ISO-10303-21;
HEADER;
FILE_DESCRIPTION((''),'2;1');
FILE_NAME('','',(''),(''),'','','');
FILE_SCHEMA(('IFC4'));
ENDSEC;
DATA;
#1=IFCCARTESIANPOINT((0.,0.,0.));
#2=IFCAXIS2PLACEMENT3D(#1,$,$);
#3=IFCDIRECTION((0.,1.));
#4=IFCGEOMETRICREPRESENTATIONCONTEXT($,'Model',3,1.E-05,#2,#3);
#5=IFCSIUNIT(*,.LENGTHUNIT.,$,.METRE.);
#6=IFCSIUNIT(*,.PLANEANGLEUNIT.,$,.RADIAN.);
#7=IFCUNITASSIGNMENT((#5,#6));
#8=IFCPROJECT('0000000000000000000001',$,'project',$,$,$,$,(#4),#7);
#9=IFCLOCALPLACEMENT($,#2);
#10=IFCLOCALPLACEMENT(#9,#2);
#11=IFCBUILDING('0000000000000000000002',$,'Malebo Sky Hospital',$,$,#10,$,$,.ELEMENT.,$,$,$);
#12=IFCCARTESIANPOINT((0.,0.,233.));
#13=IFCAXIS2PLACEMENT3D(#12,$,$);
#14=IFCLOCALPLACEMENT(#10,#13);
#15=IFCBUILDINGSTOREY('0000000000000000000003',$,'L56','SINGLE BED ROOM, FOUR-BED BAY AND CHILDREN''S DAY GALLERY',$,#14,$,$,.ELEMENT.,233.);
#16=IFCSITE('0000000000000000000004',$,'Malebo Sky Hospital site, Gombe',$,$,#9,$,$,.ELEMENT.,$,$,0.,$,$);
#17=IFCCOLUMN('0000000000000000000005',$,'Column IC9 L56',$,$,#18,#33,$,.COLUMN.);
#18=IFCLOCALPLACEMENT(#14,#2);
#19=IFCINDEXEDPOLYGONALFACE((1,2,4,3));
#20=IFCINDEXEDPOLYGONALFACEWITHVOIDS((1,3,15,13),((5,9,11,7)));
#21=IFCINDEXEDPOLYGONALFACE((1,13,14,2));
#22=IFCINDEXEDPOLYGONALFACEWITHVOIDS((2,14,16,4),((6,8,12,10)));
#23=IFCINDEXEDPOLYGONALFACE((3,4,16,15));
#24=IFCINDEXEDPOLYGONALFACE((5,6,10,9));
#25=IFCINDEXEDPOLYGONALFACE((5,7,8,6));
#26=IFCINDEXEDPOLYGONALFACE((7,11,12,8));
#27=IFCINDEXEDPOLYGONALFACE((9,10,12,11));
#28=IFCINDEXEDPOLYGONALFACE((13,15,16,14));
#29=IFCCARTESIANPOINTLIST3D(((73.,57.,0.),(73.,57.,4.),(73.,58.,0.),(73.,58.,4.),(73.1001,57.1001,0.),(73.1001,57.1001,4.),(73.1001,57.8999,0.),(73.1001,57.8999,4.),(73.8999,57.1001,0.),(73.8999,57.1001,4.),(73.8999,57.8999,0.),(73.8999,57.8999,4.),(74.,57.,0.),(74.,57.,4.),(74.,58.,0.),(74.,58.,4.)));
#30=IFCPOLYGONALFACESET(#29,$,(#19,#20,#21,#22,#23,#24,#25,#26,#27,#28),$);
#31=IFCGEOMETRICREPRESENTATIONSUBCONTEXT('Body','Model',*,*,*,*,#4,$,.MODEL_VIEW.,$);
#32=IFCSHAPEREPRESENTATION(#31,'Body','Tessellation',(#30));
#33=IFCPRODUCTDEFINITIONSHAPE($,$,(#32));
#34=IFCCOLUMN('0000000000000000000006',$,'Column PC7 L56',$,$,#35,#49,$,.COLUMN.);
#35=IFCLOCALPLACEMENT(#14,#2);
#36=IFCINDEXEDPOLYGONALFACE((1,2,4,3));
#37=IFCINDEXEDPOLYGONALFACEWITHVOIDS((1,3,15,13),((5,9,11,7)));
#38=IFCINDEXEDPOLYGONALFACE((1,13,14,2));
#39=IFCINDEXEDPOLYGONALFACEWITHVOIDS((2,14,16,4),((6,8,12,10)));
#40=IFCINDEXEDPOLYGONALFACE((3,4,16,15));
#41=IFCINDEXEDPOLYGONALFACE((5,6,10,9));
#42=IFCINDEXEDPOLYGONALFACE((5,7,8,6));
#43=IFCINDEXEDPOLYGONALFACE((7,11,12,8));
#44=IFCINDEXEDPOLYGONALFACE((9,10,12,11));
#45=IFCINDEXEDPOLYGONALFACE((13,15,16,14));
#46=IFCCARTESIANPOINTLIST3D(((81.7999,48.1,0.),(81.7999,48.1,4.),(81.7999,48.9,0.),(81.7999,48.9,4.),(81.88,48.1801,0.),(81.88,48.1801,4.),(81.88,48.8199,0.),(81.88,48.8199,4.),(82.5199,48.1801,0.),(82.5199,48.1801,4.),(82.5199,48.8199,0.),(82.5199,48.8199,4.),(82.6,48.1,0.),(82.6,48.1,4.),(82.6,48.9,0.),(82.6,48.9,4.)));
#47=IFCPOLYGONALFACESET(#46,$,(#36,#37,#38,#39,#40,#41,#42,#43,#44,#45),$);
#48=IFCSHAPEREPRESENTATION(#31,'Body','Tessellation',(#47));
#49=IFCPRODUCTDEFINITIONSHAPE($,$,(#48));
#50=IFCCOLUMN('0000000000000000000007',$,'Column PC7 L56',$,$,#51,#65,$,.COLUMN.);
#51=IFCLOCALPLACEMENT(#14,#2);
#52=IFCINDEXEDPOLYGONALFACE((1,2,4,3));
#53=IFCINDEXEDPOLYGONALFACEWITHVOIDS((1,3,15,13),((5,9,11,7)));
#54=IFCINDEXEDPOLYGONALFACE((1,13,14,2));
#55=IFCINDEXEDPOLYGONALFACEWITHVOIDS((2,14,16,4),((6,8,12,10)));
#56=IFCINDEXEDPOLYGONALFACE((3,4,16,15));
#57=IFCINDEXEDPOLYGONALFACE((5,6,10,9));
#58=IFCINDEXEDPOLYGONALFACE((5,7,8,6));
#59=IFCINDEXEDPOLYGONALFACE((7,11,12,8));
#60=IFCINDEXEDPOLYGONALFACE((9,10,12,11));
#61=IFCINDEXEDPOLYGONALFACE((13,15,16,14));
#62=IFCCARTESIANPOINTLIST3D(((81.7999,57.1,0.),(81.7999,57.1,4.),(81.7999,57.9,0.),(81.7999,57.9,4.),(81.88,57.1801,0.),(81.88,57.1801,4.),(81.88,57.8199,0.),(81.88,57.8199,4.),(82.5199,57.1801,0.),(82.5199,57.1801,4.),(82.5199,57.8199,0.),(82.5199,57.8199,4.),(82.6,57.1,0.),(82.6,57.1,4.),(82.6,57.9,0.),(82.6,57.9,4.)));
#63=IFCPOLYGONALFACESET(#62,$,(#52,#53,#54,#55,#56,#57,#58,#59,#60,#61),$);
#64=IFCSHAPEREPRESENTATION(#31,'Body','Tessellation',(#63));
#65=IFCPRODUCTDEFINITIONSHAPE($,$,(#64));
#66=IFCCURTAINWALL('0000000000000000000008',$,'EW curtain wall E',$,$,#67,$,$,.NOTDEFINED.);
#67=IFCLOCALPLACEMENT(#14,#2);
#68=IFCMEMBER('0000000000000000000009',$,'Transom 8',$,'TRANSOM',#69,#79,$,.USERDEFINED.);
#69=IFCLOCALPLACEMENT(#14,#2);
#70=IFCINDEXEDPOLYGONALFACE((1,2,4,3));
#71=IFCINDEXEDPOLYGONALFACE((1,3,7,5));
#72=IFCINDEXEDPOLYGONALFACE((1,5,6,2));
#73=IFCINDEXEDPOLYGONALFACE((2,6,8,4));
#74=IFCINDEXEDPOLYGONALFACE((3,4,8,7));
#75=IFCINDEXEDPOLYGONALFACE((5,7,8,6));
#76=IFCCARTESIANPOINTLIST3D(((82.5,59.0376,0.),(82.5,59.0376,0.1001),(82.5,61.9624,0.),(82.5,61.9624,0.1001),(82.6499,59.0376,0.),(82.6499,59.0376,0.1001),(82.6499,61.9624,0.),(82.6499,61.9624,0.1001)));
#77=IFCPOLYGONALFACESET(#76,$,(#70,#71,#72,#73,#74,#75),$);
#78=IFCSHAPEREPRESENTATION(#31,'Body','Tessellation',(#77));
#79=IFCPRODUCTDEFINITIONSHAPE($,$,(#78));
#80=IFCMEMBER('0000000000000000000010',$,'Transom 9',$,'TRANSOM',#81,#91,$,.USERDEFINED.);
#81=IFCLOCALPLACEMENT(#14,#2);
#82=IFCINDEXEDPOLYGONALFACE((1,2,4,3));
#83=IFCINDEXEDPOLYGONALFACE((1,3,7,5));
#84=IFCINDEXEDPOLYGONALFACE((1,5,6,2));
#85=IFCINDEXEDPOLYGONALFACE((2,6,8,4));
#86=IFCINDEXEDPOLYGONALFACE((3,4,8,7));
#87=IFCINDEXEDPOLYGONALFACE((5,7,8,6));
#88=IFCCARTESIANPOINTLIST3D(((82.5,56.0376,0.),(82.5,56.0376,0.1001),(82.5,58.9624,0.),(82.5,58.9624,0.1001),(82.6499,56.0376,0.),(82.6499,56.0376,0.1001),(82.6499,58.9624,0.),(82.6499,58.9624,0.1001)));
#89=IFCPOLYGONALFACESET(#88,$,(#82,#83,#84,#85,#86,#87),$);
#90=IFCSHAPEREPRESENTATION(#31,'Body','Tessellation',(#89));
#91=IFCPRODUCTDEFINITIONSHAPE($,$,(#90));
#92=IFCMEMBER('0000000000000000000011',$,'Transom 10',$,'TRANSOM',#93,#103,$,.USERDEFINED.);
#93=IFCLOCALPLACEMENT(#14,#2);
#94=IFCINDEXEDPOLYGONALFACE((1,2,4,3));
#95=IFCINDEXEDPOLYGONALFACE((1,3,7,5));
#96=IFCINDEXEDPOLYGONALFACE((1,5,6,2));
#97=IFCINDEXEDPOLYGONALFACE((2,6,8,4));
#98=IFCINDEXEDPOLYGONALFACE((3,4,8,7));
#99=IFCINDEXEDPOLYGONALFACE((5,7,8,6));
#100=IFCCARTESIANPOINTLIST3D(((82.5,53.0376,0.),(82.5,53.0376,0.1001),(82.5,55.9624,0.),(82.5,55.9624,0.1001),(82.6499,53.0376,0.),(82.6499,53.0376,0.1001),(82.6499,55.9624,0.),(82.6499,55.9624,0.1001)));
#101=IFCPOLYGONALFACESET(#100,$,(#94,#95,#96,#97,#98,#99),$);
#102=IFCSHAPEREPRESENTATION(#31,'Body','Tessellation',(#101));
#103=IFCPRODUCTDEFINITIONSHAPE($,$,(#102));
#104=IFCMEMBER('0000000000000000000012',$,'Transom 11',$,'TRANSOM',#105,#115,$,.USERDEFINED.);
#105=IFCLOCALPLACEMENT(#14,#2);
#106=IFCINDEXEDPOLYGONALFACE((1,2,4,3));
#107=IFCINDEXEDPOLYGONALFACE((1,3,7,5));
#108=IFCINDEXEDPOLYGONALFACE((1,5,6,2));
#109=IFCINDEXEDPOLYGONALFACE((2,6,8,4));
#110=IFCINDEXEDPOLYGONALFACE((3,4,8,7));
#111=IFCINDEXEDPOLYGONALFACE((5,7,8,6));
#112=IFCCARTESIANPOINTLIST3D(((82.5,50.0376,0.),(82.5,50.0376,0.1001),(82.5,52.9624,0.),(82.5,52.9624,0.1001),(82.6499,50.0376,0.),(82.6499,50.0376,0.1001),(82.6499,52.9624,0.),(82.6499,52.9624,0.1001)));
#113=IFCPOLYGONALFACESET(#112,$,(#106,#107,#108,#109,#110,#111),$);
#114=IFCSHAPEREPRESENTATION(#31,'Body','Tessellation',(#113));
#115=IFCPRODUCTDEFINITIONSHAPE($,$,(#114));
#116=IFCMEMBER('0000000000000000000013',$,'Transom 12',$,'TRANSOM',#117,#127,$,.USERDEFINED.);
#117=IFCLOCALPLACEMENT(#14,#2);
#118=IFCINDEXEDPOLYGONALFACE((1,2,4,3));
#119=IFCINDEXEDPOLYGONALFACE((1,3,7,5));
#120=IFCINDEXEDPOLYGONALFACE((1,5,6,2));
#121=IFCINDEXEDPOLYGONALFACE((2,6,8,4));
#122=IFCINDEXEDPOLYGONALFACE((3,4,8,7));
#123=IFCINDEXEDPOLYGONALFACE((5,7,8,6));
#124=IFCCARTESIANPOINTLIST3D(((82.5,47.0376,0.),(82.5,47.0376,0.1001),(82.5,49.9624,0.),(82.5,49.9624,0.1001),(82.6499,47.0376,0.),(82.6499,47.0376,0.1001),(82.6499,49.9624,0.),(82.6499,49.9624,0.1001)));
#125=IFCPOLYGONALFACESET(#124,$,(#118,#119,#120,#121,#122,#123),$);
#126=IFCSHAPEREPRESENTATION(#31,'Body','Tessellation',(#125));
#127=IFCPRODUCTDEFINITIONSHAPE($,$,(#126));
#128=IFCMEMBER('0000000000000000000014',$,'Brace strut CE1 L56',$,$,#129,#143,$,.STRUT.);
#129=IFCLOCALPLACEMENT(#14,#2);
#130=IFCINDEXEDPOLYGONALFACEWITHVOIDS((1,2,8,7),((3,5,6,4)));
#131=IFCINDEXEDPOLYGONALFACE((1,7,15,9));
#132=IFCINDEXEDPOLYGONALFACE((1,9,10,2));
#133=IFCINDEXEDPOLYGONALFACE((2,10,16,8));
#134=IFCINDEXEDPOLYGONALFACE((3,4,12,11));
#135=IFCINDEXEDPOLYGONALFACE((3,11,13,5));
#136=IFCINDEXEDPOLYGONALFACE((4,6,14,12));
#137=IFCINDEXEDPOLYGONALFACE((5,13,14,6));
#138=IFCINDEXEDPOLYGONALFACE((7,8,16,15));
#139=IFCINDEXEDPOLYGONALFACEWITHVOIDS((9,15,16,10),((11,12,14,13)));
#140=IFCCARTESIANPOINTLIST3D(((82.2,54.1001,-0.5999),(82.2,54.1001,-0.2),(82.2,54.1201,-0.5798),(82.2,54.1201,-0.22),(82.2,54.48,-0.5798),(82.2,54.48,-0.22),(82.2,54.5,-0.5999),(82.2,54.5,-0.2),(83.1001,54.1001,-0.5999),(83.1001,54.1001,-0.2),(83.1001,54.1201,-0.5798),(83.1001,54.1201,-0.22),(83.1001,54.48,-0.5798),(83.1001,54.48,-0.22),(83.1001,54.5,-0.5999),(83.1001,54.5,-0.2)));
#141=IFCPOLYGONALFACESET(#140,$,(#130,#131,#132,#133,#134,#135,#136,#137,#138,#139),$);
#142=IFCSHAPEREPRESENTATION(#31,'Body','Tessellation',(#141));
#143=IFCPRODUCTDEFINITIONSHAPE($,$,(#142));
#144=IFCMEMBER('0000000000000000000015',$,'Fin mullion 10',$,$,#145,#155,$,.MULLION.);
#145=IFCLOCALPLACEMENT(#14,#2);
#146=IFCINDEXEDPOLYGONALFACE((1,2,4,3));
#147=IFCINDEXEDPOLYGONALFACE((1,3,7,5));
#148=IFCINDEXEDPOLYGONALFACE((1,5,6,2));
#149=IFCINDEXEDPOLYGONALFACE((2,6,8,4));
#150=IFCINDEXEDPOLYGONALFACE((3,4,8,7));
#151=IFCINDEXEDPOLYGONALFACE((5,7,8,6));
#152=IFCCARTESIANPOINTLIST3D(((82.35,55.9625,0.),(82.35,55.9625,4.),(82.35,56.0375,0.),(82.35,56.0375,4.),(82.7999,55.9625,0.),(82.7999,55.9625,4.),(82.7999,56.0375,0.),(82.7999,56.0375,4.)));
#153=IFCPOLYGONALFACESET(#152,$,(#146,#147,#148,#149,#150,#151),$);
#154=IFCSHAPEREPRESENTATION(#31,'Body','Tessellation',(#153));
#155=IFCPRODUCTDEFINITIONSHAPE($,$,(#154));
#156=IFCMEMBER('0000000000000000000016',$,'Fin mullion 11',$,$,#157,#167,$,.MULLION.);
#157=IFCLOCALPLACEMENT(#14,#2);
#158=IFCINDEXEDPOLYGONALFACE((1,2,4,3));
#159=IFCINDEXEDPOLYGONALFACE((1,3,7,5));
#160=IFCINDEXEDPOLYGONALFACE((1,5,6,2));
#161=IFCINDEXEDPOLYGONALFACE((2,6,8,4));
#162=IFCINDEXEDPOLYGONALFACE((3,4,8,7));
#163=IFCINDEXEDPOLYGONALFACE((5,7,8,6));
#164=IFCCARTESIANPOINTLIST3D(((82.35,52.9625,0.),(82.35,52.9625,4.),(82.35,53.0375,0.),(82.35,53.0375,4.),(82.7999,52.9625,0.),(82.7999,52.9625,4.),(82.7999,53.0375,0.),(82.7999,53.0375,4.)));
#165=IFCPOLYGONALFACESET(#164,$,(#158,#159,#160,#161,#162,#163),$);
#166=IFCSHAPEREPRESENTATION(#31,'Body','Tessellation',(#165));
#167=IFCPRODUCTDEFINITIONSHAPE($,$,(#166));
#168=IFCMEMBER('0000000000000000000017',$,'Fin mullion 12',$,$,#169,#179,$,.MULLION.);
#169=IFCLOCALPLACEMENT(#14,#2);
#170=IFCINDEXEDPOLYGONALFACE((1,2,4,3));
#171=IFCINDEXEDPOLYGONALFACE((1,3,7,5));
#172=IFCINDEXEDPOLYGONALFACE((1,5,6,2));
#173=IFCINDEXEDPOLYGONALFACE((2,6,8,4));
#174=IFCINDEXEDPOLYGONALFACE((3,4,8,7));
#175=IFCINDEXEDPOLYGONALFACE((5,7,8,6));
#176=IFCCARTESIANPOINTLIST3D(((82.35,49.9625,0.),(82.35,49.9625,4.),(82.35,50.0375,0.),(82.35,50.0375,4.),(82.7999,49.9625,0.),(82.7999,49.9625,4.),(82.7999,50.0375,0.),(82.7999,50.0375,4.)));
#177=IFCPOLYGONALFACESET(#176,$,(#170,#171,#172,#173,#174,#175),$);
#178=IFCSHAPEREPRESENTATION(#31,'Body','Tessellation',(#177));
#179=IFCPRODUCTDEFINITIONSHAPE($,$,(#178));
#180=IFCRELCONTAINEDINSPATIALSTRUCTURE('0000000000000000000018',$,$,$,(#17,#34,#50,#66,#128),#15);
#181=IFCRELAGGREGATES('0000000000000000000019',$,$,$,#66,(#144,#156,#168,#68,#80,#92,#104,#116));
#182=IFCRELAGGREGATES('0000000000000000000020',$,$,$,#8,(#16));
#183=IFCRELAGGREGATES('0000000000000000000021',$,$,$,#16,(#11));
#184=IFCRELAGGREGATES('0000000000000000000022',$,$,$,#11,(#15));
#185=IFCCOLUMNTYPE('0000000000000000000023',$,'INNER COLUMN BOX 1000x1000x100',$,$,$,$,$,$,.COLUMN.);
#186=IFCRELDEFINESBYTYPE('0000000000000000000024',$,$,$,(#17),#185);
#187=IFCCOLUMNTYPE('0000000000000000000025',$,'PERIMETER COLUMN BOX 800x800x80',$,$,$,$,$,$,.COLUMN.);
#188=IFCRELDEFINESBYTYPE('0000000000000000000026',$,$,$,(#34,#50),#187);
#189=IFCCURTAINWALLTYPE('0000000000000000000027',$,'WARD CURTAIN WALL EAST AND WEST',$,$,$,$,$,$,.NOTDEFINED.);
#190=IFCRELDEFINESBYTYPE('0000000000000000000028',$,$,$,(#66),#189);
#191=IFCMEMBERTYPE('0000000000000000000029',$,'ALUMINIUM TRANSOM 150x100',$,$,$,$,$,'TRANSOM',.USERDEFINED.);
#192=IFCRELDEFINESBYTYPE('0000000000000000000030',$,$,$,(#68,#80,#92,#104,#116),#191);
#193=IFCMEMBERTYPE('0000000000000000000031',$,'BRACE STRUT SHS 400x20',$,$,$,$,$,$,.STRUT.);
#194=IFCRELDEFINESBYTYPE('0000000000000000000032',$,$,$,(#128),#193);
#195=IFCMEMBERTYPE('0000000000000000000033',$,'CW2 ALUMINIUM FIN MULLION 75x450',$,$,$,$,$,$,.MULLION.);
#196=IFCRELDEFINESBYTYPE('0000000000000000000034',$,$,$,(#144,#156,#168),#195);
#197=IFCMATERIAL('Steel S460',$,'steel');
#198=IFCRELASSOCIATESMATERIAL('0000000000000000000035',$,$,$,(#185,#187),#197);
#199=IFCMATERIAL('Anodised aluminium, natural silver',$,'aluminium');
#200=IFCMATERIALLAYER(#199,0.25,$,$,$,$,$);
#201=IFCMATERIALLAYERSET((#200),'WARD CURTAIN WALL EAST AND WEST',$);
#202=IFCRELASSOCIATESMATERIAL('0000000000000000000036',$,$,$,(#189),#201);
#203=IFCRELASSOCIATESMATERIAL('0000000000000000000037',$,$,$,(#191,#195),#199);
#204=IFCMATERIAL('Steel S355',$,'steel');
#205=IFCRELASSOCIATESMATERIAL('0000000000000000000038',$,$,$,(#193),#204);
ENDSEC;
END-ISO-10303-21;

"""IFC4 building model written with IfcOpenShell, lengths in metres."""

from ifc_helpers import new_model, si_unit, direction, frame, origin, origin_2d, place, context, subcontext, project, spatial, rectangle, hollow_rectangle, extrude, material, layer, layer_set, material_profile, profile_set, type_object, element, aggregate, save


model = new_model("IFC4")

# Units and contexts
model_context = context("Model", 3, precision=1e-05, world=origin(), true_north=direction((0.0, 1.0)))
body_context = subcontext(model_context, "Body", "Model", "MODEL_VIEW")
ifc_project = project(units=[si_unit("LENGTHUNIT", "METRE"), si_unit("PLANEANGLEUNIT", "RADIAN")], contexts=[model_context])

# Site, building, storey
site_placement = place(None, origin())
site = spatial("IfcSite", under=ifc_project, at=site_placement, Name="Malebo Sky Hospital site, Gombe", CompositionType="ELEMENT", RefElevation=0.0)
building_placement = place(site_placement, origin())
building = spatial("IfcBuilding", under=site, at=building_placement, Name="Malebo Sky Hospital", CompositionType="ELEMENT")
storey_placement = place(building_placement, frame((0.0, 0.0, 233.0)))
storey = spatial("IfcBuildingStorey", under=building, at=storey_placement, Name="L56", Description="SINGLE BED ROOM, FOUR-BED BAY AND CHILDREN'S DAY GALLERY", CompositionType="ELEMENT", Elevation=233.0)

# Columns
ifc_material_1 = material(Name="Steel S460", Category="steel")
ifc_material_profile_1 = material_profile(ifc_material_1, hollow_rectangle(XDim=1.0, YDim=1.0, WallThickness=0.1001, at=origin_2d()), Name="BOX 1000x1000x100")
ifc_profile_set_1 = profile_set([ifc_material_profile_1], Name="Steel S460")
column_type_1 = type_object("IfcColumnType", Name="INNER COLUMN BOX 1000x1000x100", PredefinedType="COLUMN", material=ifc_profile_set_1)
column_placement = place(storey_placement, frame((73.5, 57.5, 0.0), z_axis=(0.0, 0.0, 1.0), x_axis=(1.0, 0.0, 0.0)))
element("IfcColumn", 1, at=column_placement, inside=storey, type_object=column_type_1, Name="Column IC9 L56", PredefinedType="COLUMN", context=body_context, shape_type="SweptSolid", body=[
    extrude(hollow_rectangle(XDim=1.0, YDim=1.0, WallThickness=0.1001, at=origin_2d()), origin(), (0.0, 0.0, 1.0), 4.0),
])
ifc_material_profile_2 = material_profile(ifc_material_1, hollow_rectangle(XDim=0.8, YDim=0.8, WallThickness=0.0801, at=origin_2d()), Name="BOX 800x800x80")
ifc_profile_set_2 = profile_set([ifc_material_profile_2], Name="Steel S460")
column_type_2 = type_object("IfcColumnType", Name="PERIMETER COLUMN BOX 800x800x80", PredefinedType="COLUMN", material=ifc_profile_set_2)
for number, where, z_axis, x_axis, name in (
    (2, (82.2, 48.5, 0.0), (0.0, 0.0, 1.0), (1.0, 0.0, 0.0), "Column PC7 L56"),
    (3, (82.2, 57.5, 0.0), (0.0, 0.0, 1.0), (1.0, 0.0, 0.0), "Column PC7 L56"),
):
    element("IfcColumn", number, at=place(storey_placement, frame(where, z_axis=z_axis, x_axis=x_axis)), inside=storey, type_object=column_type_2, Name=name, PredefinedType="COLUMN", context=body_context, shape_type="SweptSolid", body=[
        extrude(hollow_rectangle(XDim=0.8, YDim=0.8, WallThickness=0.0801, at=origin_2d()), origin(), (0.0, 0.0, 1.0), 4.0),
    ])

# Curtain wall, members
ifc_material_2 = material(Name="Anodised aluminium, natural silver", Category="aluminium")
ifc_layer_1 = layer(ifc_material_2, 0.25)
ifc_layer_set_1 = layer_set([ifc_layer_1], Name="WARD CURTAIN WALL EAST AND WEST")
curtain_wall_type = type_object("IfcCurtainWallType", Name="WARD CURTAIN WALL EAST AND WEST", PredefinedType="NOTDEFINED", material=ifc_layer_set_1)
curtain_wall_placement = place(storey_placement, origin())
curtain_wall = element("IfcCurtainWall", 4, at=curtain_wall_placement, inside=storey, type_object=curtain_wall_type, Name="EW curtain wall E", PredefinedType="NOTDEFINED")
ifc_material_profile_3 = material_profile(ifc_material_2, rectangle(XDim=0.1499, YDim=0.1001, at=origin_2d()), Name="ALUMINIUM TRANSOM 150x100")
ifc_profile_set_3 = profile_set([ifc_material_profile_3], Name="Anodised aluminium, natural silver")
member_type_1 = type_object("IfcMemberType", Name="ALUMINIUM TRANSOM 150x100", ElementType="TRANSOM", PredefinedType="USERDEFINED", material=ifc_profile_set_3)
member_1_placement = place(storey_placement, frame((82.575, 61.9624, 0.05), z_axis=(0.0, -1.0, 0.0), x_axis=(1.0, 0.0, 0.0)))
member_1 = element("IfcMember", 5, at=member_1_placement, type_object=member_type_1, Name="Transom 8", ObjectType="TRANSOM", PredefinedType="USERDEFINED", context=body_context, shape_type="SweptSolid", body=[
    extrude(rectangle(XDim=0.1499, YDim=0.1001, at=origin_2d()), origin(), (0.0, 0.0, 1.0), 2.9248),
])
member_2_placement = place(storey_placement, frame((82.575, 58.9624, 0.05), z_axis=(0.0, -1.0, 0.0), x_axis=(1.0, 0.0, 0.0)))
member_2 = element("IfcMember", 6, at=member_2_placement, type_object=member_type_1, Name="Transom 9", ObjectType="TRANSOM", PredefinedType="USERDEFINED", context=body_context, shape_type="SweptSolid", body=[
    extrude(rectangle(XDim=0.1499, YDim=0.1001, at=origin_2d()), origin(), (0.0, 0.0, 1.0), 2.9248),
])
member_3_placement = place(storey_placement, frame((82.575, 55.9624, 0.05), z_axis=(0.0, -1.0, 0.0), x_axis=(1.0, 0.0, 0.0)))
member_3 = element("IfcMember", 7, at=member_3_placement, type_object=member_type_1, Name="Transom 10", ObjectType="TRANSOM", PredefinedType="USERDEFINED", context=body_context, shape_type="SweptSolid", body=[
    extrude(rectangle(XDim=0.1499, YDim=0.1001, at=origin_2d()), origin(), (0.0, 0.0, 1.0), 2.9248),
])
member_4_placement = place(storey_placement, frame((82.575, 52.9624, 0.05), z_axis=(0.0, -1.0, 0.0), x_axis=(1.0, 0.0, 0.0)))
member_4 = element("IfcMember", 8, at=member_4_placement, type_object=member_type_1, Name="Transom 11", ObjectType="TRANSOM", PredefinedType="USERDEFINED", context=body_context, shape_type="SweptSolid", body=[
    extrude(rectangle(XDim=0.1499, YDim=0.1001, at=origin_2d()), origin(), (0.0, 0.0, 1.0), 2.9248),
])
member_5_placement = place(storey_placement, frame((82.575, 49.9624, 0.05), z_axis=(0.0, -1.0, 0.0), x_axis=(1.0, 0.0, 0.0)))
member_5 = element("IfcMember", 9, at=member_5_placement, type_object=member_type_1, Name="Transom 12", ObjectType="TRANSOM", PredefinedType="USERDEFINED", context=body_context, shape_type="SweptSolid", body=[
    extrude(rectangle(XDim=0.1499, YDim=0.1001, at=origin_2d()), origin(), (0.0, 0.0, 1.0), 2.9248),
])

# Members
ifc_material_3 = material(Name="Steel S355", Category="steel")
ifc_material_profile_4 = material_profile(ifc_material_3, hollow_rectangle(XDim=0.3999, YDim=0.3999, WallThickness=0.02, at=origin_2d()), Name="SHS 400x20")
ifc_profile_set_4 = profile_set([ifc_material_profile_4], Name="Steel S355")
member_type_2 = type_object("IfcMemberType", Name="BRACE STRUT SHS 400x20", PredefinedType="STRUT", material=ifc_profile_set_4)
member_6_placement = place(storey_placement, frame((83.1001, 54.3, -0.3999), z_axis=(-1.0, 0.0, 0.0), x_axis=(0.0, -1.0, 0.0)))
element("IfcMember", 10, at=member_6_placement, inside=storey, type_object=member_type_2, Name="Brace strut CE1 L56", PredefinedType="STRUT", context=body_context, shape_type="SweptSolid", body=[
    extrude(hollow_rectangle(XDim=0.3999, YDim=0.3999, WallThickness=0.02, at=origin_2d()), origin(), (0.0, 0.0, 1.0), 0.9001),
])
ifc_material_profile_5 = material_profile(ifc_material_2, rectangle(XDim=0.075, YDim=0.45, at=origin_2d()), Name="CW2 ALUMINIUM FIN MULLION 75x450")
ifc_profile_set_5 = profile_set([ifc_material_profile_5], Name="Anodised aluminium, natural silver")
member_type_3 = type_object("IfcMemberType", Name="CW2 ALUMINIUM FIN MULLION 75x450", PredefinedType="MULLION", material=ifc_profile_set_5)
member_7_placement = place(storey_placement, frame((82.575, 56.0, 0.0), z_axis=(0.0, 0.0, 1.0), x_axis=(0.0, -1.0, 0.0)))
member_7 = element("IfcMember", 11, at=member_7_placement, type_object=member_type_3, Name="Fin mullion 10", PredefinedType="MULLION", context=body_context, shape_type="SweptSolid", body=[
    extrude(rectangle(XDim=0.075, YDim=0.45, at=origin_2d()), origin(), (0.0, 0.0, 1.0), 4.0),
])
member_8_placement = place(storey_placement, frame((82.575, 53.0, 0.0), z_axis=(0.0, 0.0, 1.0), x_axis=(0.0, -1.0, 0.0)))
member_8 = element("IfcMember", 12, at=member_8_placement, type_object=member_type_3, Name="Fin mullion 11", PredefinedType="MULLION", context=body_context, shape_type="SweptSolid", body=[
    extrude(rectangle(XDim=0.075, YDim=0.45, at=origin_2d()), origin(), (0.0, 0.0, 1.0), 4.0),
])
member_9_placement = place(storey_placement, frame((82.575, 50.0, 0.0), z_axis=(0.0, 0.0, 1.0), x_axis=(0.0, -1.0, 0.0)))
member_9 = element("IfcMember", 13, at=member_9_placement, type_object=member_type_3, Name="Fin mullion 12", PredefinedType="MULLION", context=body_context, shape_type="SweptSolid", body=[
    extrude(rectangle(XDim=0.075, YDim=0.45, at=origin_2d()), origin(), (0.0, 0.0, 1.0), 4.0),
])

aggregate(curtain_wall, [member_7, member_8, member_9, member_1, member_2, member_3, member_4, member_5])

save(model, "model.ifc")
